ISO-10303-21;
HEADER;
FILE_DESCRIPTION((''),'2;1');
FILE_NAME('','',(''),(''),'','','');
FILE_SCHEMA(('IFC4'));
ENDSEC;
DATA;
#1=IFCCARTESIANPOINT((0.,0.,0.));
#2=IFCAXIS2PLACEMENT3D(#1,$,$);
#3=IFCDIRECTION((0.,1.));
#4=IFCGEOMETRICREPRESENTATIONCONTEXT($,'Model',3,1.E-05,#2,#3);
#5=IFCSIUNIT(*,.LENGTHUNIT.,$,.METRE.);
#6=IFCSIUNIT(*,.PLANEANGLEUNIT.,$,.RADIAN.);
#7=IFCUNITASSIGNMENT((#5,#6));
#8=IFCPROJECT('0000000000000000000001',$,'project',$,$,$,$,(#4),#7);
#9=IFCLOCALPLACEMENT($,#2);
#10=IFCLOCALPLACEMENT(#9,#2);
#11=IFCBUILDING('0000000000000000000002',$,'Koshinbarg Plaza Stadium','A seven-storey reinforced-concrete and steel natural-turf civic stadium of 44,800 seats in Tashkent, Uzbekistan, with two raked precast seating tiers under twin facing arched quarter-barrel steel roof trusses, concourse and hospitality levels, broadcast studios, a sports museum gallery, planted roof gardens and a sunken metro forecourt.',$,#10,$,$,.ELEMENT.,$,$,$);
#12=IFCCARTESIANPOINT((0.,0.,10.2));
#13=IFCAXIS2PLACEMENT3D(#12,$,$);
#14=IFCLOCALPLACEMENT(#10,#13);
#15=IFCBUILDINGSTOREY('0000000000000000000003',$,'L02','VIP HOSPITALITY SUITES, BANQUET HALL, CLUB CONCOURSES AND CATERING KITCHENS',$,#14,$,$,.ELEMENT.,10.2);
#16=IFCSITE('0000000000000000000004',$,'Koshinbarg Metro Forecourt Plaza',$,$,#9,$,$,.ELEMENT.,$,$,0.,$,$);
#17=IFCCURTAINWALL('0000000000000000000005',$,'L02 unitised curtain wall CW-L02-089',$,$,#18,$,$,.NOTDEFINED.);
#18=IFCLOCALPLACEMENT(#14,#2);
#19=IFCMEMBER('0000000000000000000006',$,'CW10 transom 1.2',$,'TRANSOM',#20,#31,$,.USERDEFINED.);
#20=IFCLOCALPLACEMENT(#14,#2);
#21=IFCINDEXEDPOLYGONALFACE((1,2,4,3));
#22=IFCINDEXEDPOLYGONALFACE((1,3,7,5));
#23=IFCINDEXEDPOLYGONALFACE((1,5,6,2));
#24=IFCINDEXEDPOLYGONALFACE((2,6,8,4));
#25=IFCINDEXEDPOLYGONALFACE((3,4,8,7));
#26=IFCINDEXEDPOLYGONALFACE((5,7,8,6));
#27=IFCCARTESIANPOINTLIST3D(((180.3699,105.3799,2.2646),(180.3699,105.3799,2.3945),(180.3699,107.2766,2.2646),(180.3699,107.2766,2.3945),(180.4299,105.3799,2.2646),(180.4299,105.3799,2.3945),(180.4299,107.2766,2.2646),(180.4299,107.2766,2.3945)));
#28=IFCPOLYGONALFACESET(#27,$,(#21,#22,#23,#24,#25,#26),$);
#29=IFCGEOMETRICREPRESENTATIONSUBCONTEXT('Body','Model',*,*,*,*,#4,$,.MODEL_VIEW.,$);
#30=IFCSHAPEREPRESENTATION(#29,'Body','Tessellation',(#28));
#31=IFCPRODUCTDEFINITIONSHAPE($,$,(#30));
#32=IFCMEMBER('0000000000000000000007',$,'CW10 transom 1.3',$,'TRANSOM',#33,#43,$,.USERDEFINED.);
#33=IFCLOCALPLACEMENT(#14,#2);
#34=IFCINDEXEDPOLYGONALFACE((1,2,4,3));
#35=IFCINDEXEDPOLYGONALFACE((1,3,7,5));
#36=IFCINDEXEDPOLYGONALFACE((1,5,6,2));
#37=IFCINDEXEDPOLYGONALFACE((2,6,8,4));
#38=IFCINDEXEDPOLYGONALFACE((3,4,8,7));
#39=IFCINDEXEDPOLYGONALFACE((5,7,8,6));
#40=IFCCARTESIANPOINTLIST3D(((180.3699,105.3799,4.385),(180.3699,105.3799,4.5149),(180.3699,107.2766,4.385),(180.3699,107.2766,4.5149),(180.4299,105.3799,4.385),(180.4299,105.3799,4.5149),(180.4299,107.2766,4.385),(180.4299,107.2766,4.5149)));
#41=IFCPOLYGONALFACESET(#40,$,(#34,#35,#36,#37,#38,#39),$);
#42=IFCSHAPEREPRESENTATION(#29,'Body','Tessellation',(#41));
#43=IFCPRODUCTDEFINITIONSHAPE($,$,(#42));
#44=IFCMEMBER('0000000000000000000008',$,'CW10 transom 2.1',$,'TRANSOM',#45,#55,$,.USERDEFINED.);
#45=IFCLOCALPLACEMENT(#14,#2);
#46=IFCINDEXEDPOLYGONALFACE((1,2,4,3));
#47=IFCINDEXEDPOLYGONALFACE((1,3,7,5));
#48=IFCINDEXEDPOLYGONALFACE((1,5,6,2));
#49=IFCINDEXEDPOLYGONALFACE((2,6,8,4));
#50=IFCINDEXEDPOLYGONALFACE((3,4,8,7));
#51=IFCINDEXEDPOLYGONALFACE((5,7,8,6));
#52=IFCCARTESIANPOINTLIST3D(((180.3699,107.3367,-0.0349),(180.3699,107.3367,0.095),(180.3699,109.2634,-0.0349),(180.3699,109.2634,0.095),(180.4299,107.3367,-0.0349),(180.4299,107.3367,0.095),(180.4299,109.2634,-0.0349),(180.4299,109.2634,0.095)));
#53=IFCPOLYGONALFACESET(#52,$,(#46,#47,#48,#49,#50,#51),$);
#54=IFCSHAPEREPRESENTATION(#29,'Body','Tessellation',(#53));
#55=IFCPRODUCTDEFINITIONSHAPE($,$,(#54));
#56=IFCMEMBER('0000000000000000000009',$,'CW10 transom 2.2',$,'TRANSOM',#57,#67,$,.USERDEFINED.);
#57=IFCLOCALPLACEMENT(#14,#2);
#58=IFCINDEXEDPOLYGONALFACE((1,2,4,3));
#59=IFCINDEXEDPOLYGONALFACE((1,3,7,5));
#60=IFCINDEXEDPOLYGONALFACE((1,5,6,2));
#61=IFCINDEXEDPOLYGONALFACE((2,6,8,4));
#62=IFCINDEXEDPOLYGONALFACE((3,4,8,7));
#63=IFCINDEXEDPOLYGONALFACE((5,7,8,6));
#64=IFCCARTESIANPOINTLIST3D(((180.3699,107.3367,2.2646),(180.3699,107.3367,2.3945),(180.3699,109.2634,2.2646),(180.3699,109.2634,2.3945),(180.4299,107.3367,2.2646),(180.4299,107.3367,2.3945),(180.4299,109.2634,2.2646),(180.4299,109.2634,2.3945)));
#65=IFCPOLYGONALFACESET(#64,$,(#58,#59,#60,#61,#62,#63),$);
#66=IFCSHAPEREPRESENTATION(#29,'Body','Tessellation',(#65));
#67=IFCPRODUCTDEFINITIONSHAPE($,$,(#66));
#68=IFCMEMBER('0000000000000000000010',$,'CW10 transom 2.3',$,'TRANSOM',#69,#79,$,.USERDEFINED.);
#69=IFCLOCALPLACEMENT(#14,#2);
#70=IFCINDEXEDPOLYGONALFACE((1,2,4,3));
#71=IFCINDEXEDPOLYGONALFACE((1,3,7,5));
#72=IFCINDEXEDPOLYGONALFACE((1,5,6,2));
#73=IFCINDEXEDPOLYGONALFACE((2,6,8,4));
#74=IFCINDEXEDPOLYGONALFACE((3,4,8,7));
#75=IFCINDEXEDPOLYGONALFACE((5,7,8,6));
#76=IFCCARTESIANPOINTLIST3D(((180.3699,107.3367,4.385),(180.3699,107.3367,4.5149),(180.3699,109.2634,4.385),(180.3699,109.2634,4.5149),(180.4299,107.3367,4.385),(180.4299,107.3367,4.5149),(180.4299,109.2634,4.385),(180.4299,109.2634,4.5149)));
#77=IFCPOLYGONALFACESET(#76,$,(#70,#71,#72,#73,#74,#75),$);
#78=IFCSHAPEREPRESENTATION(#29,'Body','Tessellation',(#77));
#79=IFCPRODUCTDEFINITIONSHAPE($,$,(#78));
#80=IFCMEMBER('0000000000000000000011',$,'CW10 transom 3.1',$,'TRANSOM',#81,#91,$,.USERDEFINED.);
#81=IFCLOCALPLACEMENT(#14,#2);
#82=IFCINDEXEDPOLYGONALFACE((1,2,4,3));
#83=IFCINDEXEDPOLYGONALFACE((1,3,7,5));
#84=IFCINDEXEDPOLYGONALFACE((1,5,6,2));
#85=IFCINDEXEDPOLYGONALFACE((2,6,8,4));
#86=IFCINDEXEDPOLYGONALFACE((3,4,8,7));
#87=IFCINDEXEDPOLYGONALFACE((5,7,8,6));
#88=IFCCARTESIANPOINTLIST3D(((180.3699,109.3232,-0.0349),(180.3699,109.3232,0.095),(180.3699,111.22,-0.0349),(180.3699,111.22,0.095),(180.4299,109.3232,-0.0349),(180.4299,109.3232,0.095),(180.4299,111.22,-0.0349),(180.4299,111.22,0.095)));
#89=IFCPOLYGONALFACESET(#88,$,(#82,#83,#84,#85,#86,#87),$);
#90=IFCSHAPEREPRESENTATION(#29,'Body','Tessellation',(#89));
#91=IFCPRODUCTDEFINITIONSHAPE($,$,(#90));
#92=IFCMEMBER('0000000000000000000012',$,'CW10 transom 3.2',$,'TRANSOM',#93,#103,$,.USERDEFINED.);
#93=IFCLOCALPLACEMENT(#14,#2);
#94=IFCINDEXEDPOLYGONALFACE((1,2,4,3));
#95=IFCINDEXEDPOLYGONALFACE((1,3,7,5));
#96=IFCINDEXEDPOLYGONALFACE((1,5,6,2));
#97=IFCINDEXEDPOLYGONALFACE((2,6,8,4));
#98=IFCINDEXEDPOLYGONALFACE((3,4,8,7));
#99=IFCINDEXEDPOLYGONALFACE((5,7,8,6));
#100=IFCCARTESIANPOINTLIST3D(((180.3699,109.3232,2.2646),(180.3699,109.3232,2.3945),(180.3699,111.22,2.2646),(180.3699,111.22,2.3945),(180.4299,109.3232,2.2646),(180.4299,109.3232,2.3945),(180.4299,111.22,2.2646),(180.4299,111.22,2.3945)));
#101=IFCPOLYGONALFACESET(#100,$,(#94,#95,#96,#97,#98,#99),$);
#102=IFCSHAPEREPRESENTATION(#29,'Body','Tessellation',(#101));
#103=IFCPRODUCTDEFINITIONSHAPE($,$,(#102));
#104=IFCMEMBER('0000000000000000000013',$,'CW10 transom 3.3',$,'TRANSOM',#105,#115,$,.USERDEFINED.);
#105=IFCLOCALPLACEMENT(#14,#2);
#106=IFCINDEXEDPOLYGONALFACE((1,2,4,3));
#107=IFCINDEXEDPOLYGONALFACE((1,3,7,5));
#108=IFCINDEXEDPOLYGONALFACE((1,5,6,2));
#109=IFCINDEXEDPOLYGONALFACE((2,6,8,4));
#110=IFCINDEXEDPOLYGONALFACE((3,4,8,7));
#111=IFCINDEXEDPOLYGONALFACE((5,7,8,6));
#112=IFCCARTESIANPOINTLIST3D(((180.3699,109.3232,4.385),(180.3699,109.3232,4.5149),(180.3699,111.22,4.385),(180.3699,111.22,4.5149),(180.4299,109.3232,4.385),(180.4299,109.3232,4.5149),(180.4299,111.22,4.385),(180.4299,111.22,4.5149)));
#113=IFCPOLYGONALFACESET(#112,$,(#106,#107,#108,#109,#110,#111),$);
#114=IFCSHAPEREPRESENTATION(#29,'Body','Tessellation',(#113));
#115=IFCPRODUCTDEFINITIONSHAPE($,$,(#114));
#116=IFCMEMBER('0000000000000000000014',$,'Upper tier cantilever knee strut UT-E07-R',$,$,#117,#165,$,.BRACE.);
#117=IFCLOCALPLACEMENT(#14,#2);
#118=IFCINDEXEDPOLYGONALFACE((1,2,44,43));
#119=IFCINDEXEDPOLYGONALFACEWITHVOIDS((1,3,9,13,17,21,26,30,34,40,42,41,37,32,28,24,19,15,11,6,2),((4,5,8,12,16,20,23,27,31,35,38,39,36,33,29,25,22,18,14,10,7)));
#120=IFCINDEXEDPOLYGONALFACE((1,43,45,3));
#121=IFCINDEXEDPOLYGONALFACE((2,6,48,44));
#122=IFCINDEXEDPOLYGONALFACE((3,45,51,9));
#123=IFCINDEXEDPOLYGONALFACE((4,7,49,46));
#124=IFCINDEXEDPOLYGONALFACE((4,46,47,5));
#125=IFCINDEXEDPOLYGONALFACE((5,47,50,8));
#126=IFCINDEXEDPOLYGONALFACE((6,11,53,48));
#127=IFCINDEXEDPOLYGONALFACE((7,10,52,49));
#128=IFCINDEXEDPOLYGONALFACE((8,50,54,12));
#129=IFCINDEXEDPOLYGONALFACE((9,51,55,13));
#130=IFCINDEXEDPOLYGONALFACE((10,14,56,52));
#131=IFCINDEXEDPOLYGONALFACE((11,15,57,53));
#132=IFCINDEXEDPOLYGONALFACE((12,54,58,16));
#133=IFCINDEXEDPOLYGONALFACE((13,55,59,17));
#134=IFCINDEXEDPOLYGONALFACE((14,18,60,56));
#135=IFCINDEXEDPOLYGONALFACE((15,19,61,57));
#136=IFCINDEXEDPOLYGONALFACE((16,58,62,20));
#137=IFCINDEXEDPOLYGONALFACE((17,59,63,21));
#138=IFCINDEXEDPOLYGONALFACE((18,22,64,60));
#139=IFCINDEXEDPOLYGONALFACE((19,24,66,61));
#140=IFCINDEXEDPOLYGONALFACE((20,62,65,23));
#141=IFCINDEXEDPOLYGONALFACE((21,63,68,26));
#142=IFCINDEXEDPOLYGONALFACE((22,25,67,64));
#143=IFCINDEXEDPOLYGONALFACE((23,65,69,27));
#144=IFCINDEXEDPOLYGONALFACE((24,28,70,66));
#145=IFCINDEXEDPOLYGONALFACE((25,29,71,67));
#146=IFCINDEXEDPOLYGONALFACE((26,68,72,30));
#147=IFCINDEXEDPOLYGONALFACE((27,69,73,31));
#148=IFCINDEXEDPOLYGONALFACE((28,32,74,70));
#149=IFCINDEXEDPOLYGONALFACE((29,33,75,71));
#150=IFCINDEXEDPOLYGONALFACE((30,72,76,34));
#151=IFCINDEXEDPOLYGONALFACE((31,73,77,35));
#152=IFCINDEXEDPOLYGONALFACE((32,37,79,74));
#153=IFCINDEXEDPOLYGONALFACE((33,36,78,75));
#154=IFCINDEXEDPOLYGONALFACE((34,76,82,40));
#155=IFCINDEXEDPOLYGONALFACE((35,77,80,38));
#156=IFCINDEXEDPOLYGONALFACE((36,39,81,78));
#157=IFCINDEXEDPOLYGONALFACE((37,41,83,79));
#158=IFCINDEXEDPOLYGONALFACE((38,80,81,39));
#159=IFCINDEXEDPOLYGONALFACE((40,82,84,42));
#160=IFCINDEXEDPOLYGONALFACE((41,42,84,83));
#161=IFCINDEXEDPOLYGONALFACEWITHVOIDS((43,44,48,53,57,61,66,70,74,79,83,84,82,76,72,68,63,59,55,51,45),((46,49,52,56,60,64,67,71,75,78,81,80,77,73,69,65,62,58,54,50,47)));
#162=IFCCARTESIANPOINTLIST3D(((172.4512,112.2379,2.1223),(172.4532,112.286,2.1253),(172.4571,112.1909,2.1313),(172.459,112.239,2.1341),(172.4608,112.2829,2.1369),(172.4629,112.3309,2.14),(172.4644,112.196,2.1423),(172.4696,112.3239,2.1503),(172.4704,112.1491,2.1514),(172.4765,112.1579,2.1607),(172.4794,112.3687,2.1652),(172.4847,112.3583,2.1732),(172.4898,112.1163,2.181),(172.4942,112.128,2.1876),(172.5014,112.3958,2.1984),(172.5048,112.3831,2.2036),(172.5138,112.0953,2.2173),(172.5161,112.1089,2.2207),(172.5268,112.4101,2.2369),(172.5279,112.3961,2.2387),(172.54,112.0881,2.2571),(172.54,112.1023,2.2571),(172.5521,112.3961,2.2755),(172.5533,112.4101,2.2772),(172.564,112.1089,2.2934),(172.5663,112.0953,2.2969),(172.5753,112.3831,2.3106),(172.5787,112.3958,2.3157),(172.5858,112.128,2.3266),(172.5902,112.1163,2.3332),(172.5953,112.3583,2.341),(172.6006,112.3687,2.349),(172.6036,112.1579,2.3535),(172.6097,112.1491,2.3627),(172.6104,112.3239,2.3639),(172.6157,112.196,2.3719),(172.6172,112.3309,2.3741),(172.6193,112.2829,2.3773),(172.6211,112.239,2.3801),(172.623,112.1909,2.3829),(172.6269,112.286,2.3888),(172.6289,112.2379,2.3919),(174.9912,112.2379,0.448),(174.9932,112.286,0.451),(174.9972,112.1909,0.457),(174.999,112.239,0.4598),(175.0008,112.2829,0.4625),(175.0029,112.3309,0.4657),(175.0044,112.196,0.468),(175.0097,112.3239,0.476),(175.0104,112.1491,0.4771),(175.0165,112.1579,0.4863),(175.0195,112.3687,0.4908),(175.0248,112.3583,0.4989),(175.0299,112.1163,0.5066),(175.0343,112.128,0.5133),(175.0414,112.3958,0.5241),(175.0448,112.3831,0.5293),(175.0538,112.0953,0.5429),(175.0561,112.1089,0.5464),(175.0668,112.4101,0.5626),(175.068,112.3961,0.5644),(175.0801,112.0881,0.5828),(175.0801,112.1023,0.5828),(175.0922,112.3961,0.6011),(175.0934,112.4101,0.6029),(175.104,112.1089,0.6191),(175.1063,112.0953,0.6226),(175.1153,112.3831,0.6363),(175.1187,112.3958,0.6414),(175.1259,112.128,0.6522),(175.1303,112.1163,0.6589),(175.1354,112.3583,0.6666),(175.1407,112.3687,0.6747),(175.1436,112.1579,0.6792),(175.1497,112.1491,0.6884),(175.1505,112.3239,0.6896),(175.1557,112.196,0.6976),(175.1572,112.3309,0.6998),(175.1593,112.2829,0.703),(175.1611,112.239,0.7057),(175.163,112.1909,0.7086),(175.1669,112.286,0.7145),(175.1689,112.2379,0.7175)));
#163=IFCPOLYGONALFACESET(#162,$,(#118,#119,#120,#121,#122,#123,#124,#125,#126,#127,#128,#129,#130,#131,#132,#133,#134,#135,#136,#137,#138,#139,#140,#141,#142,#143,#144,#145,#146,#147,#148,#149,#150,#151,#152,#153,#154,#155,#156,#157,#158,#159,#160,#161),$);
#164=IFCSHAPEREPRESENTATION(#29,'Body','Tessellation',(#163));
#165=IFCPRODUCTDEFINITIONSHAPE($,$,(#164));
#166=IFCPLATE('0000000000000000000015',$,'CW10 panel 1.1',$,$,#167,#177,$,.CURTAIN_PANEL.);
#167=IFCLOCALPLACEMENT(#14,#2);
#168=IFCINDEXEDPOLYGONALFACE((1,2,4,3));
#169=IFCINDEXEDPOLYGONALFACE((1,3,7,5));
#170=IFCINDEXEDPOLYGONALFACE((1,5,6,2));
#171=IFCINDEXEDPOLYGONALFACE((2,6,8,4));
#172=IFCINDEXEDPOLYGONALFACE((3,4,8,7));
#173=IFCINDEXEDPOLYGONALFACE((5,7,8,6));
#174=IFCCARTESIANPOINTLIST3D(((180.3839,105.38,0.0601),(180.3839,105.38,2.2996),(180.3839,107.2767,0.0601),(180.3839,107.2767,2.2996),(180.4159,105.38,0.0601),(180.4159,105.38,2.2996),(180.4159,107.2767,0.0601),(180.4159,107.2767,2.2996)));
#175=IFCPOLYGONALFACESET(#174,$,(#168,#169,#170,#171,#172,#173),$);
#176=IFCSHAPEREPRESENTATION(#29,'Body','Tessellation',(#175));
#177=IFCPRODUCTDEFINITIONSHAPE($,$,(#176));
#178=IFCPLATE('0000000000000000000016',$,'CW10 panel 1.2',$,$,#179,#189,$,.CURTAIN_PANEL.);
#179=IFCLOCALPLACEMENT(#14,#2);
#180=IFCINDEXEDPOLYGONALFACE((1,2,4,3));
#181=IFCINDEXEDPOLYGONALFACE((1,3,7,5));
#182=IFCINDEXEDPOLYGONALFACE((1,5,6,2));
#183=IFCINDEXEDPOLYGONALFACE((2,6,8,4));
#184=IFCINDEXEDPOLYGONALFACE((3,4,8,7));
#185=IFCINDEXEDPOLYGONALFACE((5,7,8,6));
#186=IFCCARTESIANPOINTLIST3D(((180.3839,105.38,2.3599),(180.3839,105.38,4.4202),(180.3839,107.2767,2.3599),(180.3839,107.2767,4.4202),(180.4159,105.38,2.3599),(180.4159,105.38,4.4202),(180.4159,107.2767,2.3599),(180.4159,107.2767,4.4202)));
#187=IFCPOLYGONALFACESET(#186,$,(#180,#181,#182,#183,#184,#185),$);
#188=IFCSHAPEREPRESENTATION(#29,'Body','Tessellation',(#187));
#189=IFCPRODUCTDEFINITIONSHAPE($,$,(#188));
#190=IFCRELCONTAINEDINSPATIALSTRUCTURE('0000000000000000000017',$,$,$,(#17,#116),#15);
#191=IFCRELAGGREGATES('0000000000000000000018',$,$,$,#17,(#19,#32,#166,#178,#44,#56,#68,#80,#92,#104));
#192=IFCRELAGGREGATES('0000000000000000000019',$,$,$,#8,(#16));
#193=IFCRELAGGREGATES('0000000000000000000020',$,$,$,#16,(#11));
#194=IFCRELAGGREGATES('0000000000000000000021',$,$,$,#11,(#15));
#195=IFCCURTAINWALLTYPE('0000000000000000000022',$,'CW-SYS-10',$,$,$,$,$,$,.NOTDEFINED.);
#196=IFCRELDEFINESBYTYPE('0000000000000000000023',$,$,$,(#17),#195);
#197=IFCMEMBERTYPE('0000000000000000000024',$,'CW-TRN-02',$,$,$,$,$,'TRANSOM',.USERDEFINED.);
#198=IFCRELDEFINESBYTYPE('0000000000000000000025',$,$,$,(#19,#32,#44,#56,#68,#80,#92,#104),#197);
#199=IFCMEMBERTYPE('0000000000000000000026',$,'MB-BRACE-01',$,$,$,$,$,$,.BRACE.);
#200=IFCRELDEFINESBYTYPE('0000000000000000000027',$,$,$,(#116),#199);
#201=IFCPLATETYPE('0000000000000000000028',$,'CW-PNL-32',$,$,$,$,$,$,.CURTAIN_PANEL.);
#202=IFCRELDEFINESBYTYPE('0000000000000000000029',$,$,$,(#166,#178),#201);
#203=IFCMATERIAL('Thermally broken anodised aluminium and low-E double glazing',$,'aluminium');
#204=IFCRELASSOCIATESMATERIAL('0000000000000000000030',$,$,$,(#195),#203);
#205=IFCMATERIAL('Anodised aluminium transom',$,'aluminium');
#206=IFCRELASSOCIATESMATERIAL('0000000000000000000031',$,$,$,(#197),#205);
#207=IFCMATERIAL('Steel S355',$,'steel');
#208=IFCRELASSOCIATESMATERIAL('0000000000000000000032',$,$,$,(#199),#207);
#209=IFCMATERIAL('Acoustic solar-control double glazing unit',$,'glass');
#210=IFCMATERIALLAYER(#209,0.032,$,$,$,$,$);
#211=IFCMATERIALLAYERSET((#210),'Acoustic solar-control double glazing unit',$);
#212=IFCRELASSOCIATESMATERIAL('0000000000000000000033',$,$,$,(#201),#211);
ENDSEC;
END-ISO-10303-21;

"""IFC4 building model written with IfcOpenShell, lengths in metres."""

from ifc_helpers import new_model, si_unit, direction, frame, origin, origin_2d, place, context, subcontext, project, spatial, rectangle, hollow_circle, extrude, material, layer, layer_set, material_profile, profile_set, type_object, element, aggregate, save


model = new_model("IFC4")

# Units and contexts
model_context = context("Model", 3, precision=1e-05, world=origin(), true_north=direction((0.0, 1.0)))
body_context = subcontext(model_context, "Body", "Model", "MODEL_VIEW")
ifc_project = project(units=[si_unit("LENGTHUNIT", "METRE"), si_unit("PLANEANGLEUNIT", "RADIAN")], contexts=[model_context])

# Site, building, storey
site_placement = place(None, origin())
site = spatial("IfcSite", under=ifc_project, at=site_placement, Name="Koshinbarg Metro Forecourt Plaza", CompositionType="ELEMENT", RefElevation=0.0)
building_placement = place(site_placement, origin())
building = spatial("IfcBuilding", under=site, at=building_placement, Name="Koshinbarg Plaza Stadium", Description="A seven-storey reinforced-concrete and steel natural-turf civic stadium of 44,800 seats in Tashkent, Uzbekistan, with two raked precast seating tiers under twin facing arched quarter-barrel steel roof trusses, concourse and hospitality levels, broadcast studios, a sports museum gallery, planted roof gardens and a sunken metro forecourt.", CompositionType="ELEMENT")
storey_placement = place(building_placement, frame((0.0, 0.0, 10.2)))
storey = spatial("IfcBuildingStorey", under=building, at=storey_placement, Name="L02", Description="VIP HOSPITALITY SUITES, BANQUET HALL, CLUB CONCOURSES AND CATERING KITCHENS", CompositionType="ELEMENT", Elevation=10.2)

# Shared definitions
ifc_material_1 = material(Name="Steel S355", Category="steel")

# Curtain wall
ifc_material_2 = material(Name="Thermally broken anodised aluminium and low-E double glazing", Category="aluminium")
curtain_wall_type_1 = type_object("IfcCurtainWallType", Name="CW-SYS-10", PredefinedType="NOTDEFINED", material=ifc_material_2)
curtain_wall_1_placement = place(storey_placement, origin())
curtain_wall_1 = element("IfcCurtainWall", 1, at=curtain_wall_1_placement, inside=storey, type_object=curtain_wall_type_1, Name="L02 unitised curtain wall CW-L02-089", PredefinedType="NOTDEFINED")
ifc_material_3 = material(Name="Anodised aluminium transom", Category="aluminium")

# Members
ifc_material_profile_1 = material_profile(ifc_material_3, rectangle(XDim=0.0601, YDim=0.1299, at=origin_2d()), Name="ALU 60x130")
ifc_profile_set_1 = profile_set([ifc_material_profile_1], Name="Anodised aluminium transom")
member_type_1 = type_object("IfcMemberType", Name="CW-TRN-02", ElementType="TRANSOM", PredefinedType="USERDEFINED", material=ifc_profile_set_1)
member_1_placement = place(storey_placement, frame((180.3999, 105.3799, 2.3296), z_axis=(0.0, 1.0, 0.0), x_axis=(-1.0, 0.0, 0.0)))
member_1 = element("IfcMember", 2, at=member_1_placement, type_object=member_type_1, Name="CW10 transom 1.2", ObjectType="TRANSOM", PredefinedType="USERDEFINED", context=body_context, shape_type="SweptSolid", body=[
    extrude(rectangle(XDim=0.0601, YDim=0.1299, at=origin_2d()), origin(), (0.0, 0.0, 1.0), 1.8967),
])
member_2_placement = place(storey_placement, frame((180.3999, 105.3799, 4.45), z_axis=(0.0, 1.0, 0.0), x_axis=(-1.0, 0.0, 0.0)))
member_2 = element("IfcMember", 3, at=member_2_placement, type_object=member_type_1, Name="CW10 transom 1.3", ObjectType="TRANSOM", PredefinedType="USERDEFINED", context=body_context, shape_type="SweptSolid", body=[
    extrude(rectangle(XDim=0.0601, YDim=0.1299, at=origin_2d()), origin(), (0.0, 0.0, 1.0), 1.8967),
])
member_3_placement = place(storey_placement, frame((180.3999, 107.3367, 0.03), z_axis=(0.0, 1.0, 0.0), x_axis=(-1.0, 0.0, 0.0)))
member_3 = element("IfcMember", 4, at=member_3_placement, type_object=member_type_1, Name="CW10 transom 2.1", ObjectType="TRANSOM", PredefinedType="USERDEFINED", context=body_context, shape_type="SweptSolid", body=[
    extrude(rectangle(XDim=0.0601, YDim=0.1299, at=origin_2d()), origin(), (0.0, 0.0, 1.0), 1.9268),
])
member_4_placement = place(storey_placement, frame((180.3999, 107.3367, 2.3296), z_axis=(0.0, 1.0, 0.0), x_axis=(-1.0, 0.0, 0.0)))
member_4 = element("IfcMember", 5, at=member_4_placement, type_object=member_type_1, Name="CW10 transom 2.2", ObjectType="TRANSOM", PredefinedType="USERDEFINED", context=body_context, shape_type="SweptSolid", body=[
    extrude(rectangle(XDim=0.0601, YDim=0.1299, at=origin_2d()), origin(), (0.0, 0.0, 1.0), 1.9268),
])
member_5_placement = place(storey_placement, frame((180.3999, 107.3367, 4.45), z_axis=(0.0, 1.0, 0.0), x_axis=(-1.0, 0.0, 0.0)))
member_5 = element("IfcMember", 6, at=member_5_placement, type_object=member_type_1, Name="CW10 transom 2.3", ObjectType="TRANSOM", PredefinedType="USERDEFINED", context=body_context, shape_type="SweptSolid", body=[
    extrude(rectangle(XDim=0.0601, YDim=0.1299, at=origin_2d()), origin(), (0.0, 0.0, 1.0), 1.9268),
])
member_6_placement = place(storey_placement, frame((180.3999, 109.3232, 0.03), z_axis=(0.0, 1.0, 0.0), x_axis=(-1.0, 0.0, 0.0)))
member_6 = element("IfcMember", 7, at=member_6_placement, type_object=member_type_1, Name="CW10 transom 3.1", ObjectType="TRANSOM", PredefinedType="USERDEFINED", context=body_context, shape_type="SweptSolid", body=[
    extrude(rectangle(XDim=0.0601, YDim=0.1299, at=origin_2d()), origin(), (0.0, 0.0, 1.0), 1.8967),
])
member_7_placement = place(storey_placement, frame((180.3999, 109.3232, 2.3296), z_axis=(0.0, 1.0, 0.0), x_axis=(-1.0, 0.0, 0.0)))
member_7 = element("IfcMember", 8, at=member_7_placement, type_object=member_type_1, Name="CW10 transom 3.2", ObjectType="TRANSOM", PredefinedType="USERDEFINED", context=body_context, shape_type="SweptSolid", body=[
    extrude(rectangle(XDim=0.0601, YDim=0.1299, at=origin_2d()), origin(), (0.0, 0.0, 1.0), 1.8967),
])
member_8_placement = place(storey_placement, frame((180.3999, 109.3232, 4.45), z_axis=(0.0, 1.0, 0.0), x_axis=(-1.0, 0.0, 0.0)))
member_8 = element("IfcMember", 9, at=member_8_placement, type_object=member_type_1, Name="CW10 transom 3.3", ObjectType="TRANSOM", PredefinedType="USERDEFINED", context=body_context, shape_type="SweptSolid", body=[
    extrude(rectangle(XDim=0.0601, YDim=0.1299, at=origin_2d()), origin(), (0.0, 0.0, 1.0), 1.8967),
])
ifc_material_profile_2 = material_profile(ifc_material_1, hollow_circle(Radius=0.1619, WallThickness=0.0142, at=origin_2d()), Name="CHS 323.9x14.2")
ifc_profile_set_2 = profile_set([ifc_material_profile_2], Name="Steel S355")
member_type_2 = type_object("IfcMemberType", Name="MB-BRACE-01", PredefinedType="BRACE", material=ifc_profile_set_2)
member_9_placement = place(storey_placement, frame((175.0801, 112.25, 0.5828), z_axis=(-0.834928, 0.0, 0.550359), x_axis=(0.0, -1.0, 0.0)))
element("IfcMember", 10, at=member_9_placement, inside=storey, type_object=member_type_2, Name="Upper tier cantilever knee strut UT-E07-R", PredefinedType="BRACE", context=body_context, shape_type="SweptSolid", body=[
    extrude(hollow_circle(Radius=0.1619, WallThickness=0.0142, at=origin_2d()), origin(), (0.0, 0.0, 1.0), 3.0422),
])

# Plates
ifc_material_4 = material(Name="Acoustic solar-control double glazing unit", Category="glass")
ifc_layer = layer(ifc_material_4, 0.032)
ifc_layer_set = layer_set([ifc_layer], Name="Acoustic solar-control double glazing unit")
plate_type = type_object("IfcPlateType", Name="CW-PNL-32", PredefinedType="CURTAIN_PANEL", material=ifc_layer_set)
plate_1_placement = place(storey_placement, frame((180.3999, 106.3284, 0.0601), z_axis=(0.0, 0.0, 1.0), x_axis=(0.0, 1.0, 0.0)))
plate_1 = element("IfcPlate", 11, at=plate_1_placement, type_object=plate_type, Name="CW10 panel 1.1", PredefinedType="CURTAIN_PANEL", context=body_context, shape_type="SweptSolid", body=[
    extrude(rectangle(XDim=1.8967, YDim=0.032, at=origin_2d()), origin(), (0.0, 0.0, 1.0), 2.2395),
])
plate_2_placement = place(storey_placement, frame((180.3999, 106.3284, 2.3599), z_axis=(0.0, 0.0, 1.0), x_axis=(0.0, 1.0, 0.0)))
plate_2 = element("IfcPlate", 12, at=plate_2_placement, type_object=plate_type, Name="CW10 panel 1.2", PredefinedType="CURTAIN_PANEL", context=body_context, shape_type="SweptSolid", body=[
    extrude(rectangle(XDim=1.8967, YDim=0.032, at=origin_2d()), origin(), (0.0, 0.0, 1.0), 2.0603),
])
aggregate(curtain_wall_1, [member_1, member_2, plate_1, plate_2, member_3, member_4, member_5, member_6, member_7, member_8])

save(model, "model.ifc")
